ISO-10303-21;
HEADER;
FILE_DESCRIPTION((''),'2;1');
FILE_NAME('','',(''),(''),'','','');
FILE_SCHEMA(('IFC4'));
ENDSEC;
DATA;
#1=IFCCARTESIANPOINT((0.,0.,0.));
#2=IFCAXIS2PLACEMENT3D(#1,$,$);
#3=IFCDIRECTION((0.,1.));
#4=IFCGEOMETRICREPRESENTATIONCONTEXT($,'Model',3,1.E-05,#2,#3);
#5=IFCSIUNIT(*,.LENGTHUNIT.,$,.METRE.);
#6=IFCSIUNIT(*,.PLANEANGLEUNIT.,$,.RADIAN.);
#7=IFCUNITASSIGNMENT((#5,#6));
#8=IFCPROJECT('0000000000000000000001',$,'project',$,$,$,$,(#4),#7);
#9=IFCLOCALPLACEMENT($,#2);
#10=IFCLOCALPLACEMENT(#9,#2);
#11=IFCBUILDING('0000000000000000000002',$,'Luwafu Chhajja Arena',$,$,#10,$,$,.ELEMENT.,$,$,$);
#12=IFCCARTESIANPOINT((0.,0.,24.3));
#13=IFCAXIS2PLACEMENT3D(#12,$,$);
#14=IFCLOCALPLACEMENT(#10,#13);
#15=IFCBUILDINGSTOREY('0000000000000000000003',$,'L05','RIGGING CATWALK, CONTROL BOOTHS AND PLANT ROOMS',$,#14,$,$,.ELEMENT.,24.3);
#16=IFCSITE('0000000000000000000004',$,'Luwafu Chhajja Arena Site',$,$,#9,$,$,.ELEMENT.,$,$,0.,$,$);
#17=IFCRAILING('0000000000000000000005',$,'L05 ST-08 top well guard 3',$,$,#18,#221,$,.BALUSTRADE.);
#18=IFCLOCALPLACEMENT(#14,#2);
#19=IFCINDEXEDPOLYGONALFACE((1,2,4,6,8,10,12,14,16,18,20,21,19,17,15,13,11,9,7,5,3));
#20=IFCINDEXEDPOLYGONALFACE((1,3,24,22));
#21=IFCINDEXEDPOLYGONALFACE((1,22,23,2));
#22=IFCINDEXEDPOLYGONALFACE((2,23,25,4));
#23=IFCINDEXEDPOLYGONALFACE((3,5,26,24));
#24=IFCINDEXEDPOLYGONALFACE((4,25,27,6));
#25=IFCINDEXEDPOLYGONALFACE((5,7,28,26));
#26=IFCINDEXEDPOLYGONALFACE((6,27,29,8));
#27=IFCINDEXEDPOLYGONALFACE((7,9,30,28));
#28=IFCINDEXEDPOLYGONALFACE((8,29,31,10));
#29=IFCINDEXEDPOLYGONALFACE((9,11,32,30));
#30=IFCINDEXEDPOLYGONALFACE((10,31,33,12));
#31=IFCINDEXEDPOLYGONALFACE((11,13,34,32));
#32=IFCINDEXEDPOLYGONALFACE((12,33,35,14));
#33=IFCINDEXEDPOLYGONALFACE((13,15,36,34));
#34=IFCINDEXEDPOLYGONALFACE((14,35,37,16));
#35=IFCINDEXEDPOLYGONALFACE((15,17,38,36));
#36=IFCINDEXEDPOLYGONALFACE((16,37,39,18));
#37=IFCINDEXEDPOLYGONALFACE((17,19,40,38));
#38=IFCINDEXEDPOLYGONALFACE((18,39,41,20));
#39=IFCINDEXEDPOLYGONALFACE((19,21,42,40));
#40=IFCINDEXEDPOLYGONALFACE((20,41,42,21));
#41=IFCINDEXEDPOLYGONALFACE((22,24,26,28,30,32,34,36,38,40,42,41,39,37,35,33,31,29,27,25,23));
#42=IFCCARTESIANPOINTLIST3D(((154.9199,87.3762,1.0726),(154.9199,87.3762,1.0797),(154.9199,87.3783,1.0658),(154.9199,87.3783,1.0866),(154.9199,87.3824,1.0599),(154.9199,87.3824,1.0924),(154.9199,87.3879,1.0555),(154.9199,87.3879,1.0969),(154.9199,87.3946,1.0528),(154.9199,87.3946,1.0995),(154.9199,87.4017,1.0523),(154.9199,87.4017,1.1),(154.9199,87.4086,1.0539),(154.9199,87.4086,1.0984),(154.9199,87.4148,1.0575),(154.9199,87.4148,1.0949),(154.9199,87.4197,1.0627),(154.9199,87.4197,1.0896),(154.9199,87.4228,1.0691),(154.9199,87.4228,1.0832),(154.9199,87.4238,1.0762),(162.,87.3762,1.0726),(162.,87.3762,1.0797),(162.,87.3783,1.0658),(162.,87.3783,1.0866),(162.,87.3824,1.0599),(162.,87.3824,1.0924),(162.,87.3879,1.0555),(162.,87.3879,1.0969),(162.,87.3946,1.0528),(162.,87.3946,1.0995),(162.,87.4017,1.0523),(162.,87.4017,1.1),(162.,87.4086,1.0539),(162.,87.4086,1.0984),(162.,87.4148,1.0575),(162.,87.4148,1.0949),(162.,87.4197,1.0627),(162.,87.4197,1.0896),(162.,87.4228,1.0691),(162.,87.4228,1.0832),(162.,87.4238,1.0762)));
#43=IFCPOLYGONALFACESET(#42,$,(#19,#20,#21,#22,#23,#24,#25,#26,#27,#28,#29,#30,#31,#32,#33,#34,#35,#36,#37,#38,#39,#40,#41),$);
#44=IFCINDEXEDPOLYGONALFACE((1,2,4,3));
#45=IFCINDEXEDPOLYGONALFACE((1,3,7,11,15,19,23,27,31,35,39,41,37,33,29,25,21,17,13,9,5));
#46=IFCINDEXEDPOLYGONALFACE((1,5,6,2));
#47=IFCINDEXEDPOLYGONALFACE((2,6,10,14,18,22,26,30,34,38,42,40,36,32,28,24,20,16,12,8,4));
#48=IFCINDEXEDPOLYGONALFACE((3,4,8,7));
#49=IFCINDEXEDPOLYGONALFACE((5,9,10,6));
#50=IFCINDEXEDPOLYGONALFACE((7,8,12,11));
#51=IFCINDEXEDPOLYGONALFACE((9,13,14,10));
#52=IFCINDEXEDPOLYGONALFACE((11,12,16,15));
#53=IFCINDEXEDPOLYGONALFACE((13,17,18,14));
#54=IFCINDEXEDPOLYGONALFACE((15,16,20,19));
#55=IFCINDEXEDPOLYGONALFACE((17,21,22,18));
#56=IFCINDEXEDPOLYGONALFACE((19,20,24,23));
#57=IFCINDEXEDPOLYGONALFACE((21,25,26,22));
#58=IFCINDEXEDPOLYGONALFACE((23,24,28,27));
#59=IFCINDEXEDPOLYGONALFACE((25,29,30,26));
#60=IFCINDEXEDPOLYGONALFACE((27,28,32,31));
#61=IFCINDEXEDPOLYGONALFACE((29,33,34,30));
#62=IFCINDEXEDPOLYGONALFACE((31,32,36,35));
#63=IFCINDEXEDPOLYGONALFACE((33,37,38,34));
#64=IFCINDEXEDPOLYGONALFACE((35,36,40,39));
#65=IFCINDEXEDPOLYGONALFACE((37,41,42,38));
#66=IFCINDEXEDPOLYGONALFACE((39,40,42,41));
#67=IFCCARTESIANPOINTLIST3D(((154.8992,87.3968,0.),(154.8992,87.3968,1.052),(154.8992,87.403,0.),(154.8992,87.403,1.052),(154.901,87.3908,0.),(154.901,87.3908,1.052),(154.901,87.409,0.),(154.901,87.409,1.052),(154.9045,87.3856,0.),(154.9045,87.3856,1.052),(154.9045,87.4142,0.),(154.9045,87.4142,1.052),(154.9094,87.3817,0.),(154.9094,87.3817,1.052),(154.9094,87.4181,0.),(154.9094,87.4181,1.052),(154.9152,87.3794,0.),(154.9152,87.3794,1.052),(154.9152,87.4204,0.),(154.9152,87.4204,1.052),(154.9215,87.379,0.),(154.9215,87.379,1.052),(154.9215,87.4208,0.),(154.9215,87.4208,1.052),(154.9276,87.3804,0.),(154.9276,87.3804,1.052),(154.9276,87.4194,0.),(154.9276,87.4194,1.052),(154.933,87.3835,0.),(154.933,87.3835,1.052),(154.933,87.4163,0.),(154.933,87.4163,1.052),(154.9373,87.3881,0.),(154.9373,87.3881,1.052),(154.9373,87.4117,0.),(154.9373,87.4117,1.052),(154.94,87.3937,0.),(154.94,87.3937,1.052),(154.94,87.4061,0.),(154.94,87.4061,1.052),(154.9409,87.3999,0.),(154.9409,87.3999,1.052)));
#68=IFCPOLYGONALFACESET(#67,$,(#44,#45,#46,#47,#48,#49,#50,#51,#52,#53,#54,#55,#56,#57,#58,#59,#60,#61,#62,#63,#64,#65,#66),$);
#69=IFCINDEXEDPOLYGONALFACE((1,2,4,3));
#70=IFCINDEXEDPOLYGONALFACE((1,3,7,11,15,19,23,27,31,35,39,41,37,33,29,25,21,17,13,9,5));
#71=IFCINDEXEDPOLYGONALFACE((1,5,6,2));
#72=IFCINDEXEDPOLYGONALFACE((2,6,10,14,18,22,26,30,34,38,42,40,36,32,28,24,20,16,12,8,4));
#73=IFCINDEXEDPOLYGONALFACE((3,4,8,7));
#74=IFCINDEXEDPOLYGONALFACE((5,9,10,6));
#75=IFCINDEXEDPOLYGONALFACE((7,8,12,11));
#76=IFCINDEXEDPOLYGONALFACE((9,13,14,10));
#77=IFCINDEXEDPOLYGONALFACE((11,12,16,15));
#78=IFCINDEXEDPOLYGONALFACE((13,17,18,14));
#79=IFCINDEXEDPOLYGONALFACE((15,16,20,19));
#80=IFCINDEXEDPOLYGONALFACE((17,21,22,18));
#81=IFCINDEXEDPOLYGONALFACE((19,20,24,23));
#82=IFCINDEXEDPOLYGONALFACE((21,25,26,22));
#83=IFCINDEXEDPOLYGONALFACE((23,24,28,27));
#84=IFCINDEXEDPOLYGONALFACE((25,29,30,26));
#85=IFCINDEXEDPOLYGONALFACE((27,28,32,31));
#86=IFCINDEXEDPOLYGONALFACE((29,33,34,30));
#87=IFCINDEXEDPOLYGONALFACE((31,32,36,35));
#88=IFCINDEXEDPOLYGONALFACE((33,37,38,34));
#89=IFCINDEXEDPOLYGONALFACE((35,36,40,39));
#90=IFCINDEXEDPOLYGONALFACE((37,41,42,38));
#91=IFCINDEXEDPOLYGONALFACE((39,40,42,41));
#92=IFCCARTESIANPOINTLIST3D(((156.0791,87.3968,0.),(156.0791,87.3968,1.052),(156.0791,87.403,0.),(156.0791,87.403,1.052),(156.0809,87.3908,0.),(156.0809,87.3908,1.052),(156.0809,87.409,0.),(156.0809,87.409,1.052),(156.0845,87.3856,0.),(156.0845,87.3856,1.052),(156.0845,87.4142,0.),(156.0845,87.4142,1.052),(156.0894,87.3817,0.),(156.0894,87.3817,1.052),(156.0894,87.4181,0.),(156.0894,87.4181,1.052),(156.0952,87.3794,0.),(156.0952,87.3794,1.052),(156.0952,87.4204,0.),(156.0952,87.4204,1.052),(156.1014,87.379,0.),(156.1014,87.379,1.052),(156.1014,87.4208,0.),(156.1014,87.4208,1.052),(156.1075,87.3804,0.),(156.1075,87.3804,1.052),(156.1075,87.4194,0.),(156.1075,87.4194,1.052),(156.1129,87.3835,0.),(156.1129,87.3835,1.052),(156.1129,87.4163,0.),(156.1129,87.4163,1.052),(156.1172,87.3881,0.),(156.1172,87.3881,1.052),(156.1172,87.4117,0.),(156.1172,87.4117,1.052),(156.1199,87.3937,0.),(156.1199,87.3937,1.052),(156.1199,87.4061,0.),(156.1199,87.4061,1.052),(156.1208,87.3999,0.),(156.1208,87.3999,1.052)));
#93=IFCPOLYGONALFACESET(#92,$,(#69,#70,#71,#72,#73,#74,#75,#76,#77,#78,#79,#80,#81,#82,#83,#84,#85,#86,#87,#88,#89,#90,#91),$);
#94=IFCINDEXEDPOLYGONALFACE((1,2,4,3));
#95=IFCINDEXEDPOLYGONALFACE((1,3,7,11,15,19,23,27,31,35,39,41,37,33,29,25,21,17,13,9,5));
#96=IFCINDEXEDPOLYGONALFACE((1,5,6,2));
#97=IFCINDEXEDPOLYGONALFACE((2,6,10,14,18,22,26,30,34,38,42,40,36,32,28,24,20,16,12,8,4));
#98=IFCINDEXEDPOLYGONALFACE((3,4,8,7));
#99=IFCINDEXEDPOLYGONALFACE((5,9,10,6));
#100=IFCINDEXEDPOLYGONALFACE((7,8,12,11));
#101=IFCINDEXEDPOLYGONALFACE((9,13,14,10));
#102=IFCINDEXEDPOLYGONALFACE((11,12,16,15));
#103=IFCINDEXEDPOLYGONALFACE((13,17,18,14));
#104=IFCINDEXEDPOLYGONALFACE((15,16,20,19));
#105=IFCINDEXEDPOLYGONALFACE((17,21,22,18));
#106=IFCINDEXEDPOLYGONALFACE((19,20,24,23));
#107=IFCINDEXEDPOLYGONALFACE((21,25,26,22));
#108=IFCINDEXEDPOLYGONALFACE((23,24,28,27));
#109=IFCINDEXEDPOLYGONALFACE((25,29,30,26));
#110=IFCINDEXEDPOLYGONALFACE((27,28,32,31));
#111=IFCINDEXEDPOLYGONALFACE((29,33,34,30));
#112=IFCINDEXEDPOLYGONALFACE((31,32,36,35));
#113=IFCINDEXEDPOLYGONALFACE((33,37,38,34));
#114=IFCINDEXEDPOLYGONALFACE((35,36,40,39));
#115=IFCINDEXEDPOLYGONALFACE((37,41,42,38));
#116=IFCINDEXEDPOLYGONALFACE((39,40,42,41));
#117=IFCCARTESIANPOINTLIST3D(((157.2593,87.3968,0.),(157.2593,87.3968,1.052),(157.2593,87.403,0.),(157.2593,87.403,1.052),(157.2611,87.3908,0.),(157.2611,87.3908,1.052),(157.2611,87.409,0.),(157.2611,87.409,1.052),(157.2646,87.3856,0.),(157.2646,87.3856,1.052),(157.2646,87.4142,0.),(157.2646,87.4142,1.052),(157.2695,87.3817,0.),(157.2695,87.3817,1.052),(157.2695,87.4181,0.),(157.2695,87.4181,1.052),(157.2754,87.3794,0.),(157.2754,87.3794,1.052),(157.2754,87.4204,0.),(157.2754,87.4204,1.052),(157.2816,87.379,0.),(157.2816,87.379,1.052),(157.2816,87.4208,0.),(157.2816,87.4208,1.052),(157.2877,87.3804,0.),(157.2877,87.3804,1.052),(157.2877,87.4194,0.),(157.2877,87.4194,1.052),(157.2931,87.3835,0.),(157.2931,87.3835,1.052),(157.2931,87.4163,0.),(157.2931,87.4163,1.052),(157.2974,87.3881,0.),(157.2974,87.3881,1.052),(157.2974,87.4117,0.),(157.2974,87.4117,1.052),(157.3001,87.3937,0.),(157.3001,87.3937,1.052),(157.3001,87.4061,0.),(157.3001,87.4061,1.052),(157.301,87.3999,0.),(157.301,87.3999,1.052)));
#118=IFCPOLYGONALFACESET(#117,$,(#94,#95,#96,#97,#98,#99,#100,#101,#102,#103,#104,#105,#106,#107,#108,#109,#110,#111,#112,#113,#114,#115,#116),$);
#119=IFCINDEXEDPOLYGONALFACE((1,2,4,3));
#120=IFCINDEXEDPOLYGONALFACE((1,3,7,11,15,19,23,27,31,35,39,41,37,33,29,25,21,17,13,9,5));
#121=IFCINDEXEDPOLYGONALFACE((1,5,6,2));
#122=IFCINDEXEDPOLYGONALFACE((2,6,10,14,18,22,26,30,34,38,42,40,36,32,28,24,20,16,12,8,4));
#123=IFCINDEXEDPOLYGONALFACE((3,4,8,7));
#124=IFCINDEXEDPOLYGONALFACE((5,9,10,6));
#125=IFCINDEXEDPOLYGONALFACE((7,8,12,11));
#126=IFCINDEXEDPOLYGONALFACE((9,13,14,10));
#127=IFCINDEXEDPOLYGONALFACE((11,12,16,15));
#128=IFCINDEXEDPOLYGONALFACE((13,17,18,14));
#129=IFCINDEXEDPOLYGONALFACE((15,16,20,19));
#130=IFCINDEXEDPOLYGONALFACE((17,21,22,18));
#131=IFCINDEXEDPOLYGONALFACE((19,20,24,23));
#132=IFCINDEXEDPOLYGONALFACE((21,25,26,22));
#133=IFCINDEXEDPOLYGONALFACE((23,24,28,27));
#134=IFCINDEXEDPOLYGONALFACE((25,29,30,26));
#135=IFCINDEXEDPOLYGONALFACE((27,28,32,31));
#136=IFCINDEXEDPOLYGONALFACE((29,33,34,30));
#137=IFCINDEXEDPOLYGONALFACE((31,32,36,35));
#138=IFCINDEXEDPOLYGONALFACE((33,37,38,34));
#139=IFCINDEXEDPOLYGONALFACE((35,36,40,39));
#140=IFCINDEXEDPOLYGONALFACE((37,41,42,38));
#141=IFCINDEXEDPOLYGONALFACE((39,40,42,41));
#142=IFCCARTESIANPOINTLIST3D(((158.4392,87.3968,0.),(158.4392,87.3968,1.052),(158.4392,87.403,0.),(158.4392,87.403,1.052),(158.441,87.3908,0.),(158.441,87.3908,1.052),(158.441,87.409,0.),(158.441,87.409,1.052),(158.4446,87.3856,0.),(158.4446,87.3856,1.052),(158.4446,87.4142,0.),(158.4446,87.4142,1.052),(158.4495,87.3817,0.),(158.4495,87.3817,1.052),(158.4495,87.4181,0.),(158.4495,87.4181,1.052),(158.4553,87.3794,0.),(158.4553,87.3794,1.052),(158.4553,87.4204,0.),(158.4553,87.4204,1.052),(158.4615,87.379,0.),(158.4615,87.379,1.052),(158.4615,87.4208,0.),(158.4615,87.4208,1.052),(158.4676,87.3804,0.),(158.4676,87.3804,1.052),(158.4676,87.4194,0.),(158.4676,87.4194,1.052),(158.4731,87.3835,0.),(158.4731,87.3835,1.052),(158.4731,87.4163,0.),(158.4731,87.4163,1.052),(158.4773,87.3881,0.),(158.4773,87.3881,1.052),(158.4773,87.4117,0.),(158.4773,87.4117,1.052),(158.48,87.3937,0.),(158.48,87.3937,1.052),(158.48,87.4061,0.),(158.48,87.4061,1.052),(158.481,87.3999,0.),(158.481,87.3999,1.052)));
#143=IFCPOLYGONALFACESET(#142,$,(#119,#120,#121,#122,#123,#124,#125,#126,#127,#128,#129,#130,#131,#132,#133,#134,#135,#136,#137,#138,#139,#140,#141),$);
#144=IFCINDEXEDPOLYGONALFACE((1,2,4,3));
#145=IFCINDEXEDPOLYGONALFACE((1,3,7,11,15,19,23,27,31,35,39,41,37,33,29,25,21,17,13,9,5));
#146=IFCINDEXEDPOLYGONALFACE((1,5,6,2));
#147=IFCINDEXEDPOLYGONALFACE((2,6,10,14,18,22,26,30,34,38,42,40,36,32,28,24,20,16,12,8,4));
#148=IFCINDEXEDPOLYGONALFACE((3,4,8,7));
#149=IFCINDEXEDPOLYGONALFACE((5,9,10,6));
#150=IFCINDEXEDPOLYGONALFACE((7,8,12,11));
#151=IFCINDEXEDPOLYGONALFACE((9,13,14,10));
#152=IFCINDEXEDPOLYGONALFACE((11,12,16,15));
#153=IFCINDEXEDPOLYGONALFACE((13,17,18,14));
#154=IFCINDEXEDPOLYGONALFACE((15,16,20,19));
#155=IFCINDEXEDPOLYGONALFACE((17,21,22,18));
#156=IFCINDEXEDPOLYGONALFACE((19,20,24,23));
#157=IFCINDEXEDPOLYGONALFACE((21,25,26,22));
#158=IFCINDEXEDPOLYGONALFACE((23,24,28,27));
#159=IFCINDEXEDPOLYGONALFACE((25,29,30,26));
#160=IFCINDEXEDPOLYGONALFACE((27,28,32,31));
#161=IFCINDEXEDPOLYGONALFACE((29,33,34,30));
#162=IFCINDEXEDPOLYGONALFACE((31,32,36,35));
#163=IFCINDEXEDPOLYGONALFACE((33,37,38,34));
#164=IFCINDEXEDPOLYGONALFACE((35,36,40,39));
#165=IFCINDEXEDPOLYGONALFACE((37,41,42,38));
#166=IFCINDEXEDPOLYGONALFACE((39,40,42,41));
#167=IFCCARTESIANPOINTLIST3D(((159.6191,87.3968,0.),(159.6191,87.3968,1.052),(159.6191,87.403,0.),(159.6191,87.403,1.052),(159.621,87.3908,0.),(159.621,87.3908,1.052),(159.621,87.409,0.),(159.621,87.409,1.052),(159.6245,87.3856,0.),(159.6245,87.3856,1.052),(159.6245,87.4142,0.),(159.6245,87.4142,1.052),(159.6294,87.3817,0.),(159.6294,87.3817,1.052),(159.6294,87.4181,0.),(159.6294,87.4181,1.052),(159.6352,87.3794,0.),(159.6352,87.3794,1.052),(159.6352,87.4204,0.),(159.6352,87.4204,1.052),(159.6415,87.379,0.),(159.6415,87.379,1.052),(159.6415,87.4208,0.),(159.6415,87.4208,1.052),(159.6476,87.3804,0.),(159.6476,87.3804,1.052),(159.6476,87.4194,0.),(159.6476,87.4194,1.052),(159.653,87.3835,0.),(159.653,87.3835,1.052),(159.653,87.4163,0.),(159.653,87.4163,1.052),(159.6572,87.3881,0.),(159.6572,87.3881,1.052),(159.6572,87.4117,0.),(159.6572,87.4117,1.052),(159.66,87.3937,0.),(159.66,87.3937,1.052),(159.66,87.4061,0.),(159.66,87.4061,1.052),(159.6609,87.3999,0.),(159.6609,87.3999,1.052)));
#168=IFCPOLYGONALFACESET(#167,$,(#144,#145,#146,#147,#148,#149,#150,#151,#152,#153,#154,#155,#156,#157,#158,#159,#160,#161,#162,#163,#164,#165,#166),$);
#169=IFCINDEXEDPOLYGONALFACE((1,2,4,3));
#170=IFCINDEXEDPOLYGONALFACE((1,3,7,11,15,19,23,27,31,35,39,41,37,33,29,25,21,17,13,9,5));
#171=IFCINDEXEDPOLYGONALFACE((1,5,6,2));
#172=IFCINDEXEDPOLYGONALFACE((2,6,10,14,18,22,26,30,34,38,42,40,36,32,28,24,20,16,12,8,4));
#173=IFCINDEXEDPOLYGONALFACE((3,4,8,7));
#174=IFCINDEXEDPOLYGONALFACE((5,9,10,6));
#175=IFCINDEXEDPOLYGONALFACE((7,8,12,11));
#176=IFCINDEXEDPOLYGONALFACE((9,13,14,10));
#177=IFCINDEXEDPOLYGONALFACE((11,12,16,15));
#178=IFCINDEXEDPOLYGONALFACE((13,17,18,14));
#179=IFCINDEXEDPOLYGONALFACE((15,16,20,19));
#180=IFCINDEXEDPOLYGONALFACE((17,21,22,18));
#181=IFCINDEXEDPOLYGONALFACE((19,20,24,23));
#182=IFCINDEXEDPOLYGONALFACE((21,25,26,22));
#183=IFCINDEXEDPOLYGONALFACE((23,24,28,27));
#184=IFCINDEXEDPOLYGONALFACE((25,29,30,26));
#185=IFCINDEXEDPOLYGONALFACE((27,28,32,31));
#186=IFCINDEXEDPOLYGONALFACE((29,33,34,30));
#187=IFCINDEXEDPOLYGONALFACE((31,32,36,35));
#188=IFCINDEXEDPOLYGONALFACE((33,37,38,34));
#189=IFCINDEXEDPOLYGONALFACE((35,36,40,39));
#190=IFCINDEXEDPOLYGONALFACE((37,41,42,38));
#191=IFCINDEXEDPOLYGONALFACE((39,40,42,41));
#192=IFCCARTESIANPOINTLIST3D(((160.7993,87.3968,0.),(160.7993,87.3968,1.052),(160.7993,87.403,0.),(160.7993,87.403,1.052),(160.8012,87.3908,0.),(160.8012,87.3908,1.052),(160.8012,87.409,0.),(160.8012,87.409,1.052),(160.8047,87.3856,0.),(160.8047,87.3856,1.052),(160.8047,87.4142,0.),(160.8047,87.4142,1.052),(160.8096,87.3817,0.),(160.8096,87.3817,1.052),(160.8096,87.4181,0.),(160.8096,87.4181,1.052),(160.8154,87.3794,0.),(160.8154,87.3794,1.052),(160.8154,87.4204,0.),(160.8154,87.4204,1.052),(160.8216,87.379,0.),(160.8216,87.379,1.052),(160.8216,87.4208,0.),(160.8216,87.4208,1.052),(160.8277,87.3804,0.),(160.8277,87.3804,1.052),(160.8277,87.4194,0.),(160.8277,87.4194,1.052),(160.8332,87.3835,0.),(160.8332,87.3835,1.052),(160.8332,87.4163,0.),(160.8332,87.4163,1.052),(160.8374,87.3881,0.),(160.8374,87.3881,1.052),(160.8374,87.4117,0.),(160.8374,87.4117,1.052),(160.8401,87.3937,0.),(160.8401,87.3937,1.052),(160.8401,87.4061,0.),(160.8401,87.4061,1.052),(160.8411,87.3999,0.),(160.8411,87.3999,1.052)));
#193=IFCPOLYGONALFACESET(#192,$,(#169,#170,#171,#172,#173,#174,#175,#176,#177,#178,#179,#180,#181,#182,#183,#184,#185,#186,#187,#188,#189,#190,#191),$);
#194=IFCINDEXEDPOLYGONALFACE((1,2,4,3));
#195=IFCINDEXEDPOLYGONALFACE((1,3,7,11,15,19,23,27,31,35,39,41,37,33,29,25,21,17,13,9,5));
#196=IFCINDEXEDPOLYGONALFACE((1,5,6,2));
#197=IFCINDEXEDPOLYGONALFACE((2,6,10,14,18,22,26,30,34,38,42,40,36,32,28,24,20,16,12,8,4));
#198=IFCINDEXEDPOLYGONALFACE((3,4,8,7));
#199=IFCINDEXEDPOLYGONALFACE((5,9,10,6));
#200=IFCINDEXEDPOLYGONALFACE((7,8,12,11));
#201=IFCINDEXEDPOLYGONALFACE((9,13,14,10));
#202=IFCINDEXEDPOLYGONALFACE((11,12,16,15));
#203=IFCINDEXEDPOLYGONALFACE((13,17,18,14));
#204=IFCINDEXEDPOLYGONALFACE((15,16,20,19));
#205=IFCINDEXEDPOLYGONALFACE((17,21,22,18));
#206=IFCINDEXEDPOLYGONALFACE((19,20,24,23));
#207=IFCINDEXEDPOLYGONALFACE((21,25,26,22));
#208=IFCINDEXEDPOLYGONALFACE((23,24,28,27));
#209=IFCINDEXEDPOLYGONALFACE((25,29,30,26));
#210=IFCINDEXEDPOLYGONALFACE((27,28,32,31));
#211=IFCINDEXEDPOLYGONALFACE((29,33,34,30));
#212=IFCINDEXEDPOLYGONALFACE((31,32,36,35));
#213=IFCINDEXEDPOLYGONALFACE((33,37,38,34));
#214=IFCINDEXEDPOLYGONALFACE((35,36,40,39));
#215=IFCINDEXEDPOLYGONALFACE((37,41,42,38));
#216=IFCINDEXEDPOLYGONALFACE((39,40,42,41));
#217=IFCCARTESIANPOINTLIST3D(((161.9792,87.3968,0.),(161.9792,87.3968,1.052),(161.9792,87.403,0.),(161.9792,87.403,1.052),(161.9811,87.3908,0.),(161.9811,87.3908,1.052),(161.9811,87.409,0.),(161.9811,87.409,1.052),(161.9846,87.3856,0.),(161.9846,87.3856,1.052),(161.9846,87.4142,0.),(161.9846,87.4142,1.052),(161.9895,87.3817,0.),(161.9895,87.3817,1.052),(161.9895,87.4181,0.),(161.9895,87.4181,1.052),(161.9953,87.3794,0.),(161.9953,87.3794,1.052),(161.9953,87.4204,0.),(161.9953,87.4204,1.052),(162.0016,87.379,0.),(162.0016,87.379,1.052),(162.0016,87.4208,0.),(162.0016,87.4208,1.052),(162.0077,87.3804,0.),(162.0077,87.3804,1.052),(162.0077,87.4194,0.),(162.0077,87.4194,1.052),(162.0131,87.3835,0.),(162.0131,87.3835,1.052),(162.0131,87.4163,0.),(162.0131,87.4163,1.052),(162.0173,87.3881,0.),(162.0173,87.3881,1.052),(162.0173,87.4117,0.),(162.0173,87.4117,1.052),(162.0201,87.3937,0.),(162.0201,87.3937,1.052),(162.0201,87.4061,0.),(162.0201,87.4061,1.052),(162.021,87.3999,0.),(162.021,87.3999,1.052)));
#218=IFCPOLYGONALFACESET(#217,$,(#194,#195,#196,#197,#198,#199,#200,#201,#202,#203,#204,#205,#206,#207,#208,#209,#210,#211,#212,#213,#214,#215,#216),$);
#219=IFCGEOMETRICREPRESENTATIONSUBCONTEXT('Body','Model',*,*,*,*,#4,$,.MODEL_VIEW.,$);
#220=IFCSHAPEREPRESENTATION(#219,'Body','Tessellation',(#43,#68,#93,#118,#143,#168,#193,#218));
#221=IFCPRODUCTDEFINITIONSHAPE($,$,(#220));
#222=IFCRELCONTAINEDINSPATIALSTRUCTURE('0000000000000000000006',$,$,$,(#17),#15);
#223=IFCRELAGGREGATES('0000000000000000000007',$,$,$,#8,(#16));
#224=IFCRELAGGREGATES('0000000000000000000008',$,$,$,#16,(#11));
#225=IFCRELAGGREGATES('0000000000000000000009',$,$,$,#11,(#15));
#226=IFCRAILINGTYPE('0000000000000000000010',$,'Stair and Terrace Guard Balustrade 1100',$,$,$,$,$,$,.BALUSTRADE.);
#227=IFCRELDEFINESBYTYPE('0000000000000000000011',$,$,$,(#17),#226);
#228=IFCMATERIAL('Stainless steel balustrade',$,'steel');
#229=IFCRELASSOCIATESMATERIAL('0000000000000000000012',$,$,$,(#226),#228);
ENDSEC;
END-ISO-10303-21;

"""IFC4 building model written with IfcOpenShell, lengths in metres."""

from ifc_helpers import new_model, si_unit, direction, frame, origin, origin_2d, place, context, subcontext, project, spatial, circle, extrude, material, type_object, element, save


model = new_model("IFC4")

# Units and contexts
model_context = context("Model", 3, precision=1e-05, world=origin(), true_north=direction((0.0, 1.0)))
body_context = subcontext(model_context, "Body", "Model", "MODEL_VIEW")
ifc_project = project(units=[si_unit("LENGTHUNIT", "METRE"), si_unit("PLANEANGLEUNIT", "RADIAN")], contexts=[model_context])

# Site, building, storey
site_placement = place(None, origin())
site = spatial("IfcSite", under=ifc_project, at=site_placement, Name="Luwafu Chhajja Arena Site", CompositionType="ELEMENT", RefElevation=0.0)
building_placement = place(site_placement, origin())
building = spatial("IfcBuilding", under=site, at=building_placement, Name="Luwafu Chhajja Arena", CompositionType="ELEMENT")
storey_placement = place(building_placement, frame((0.0, 0.0, 24.3)))
storey = spatial("IfcBuildingStorey", under=building, at=storey_placement, Name="L05", Description="RIGGING CATWALK, CONTROL BOOTHS AND PLANT ROOMS", CompositionType="ELEMENT", Elevation=24.3)

# Railing
ifc_material_1 = material(Name="Stainless steel balustrade", Category="steel")
railing_type = type_object("IfcRailingType", Name="Stair and Terrace Guard Balustrade 1100", PredefinedType="BALUSTRADE", material=ifc_material_1)
for number, where, name in (
    (1, (154.9199, 87.3999, 0.0), "L05 ST-08 top well guard 3"),
):
    element("IfcRailing", number, at=place(storey_placement, frame(where)), inside=storey, type_object=railing_type, Name=name, PredefinedType="BALUSTRADE", context=body_context, shape_type="SweptSolid", body=[
        extrude(circle(Radius=0.0239, at=origin_2d()), frame((0.0, 0.0, 1.0762), z_axis=(1.0, 0.0, 0.0), x_axis=(0.0, 1.0, 0.0)), (0.0, 0.0, 1.0), 7.0801),
        extrude(circle(Radius=0.021, at=origin_2d()), origin(), (0.0, 0.0, 1.0), 1.052),
        extrude(circle(Radius=0.021, at=origin_2d()), frame((1.1799, 0.0, 0.0)), (0.0, 0.0, 1.0), 1.052),
        extrude(circle(Radius=0.021, at=origin_2d()), frame((2.3601, 0.0, 0.0)), (0.0, 0.0, 1.0), 1.052),
        extrude(circle(Radius=0.021, at=origin_2d()), frame((3.54, 0.0, 0.0)), (0.0, 0.0, 1.0), 1.052),
        extrude(circle(Radius=0.021, at=origin_2d()), frame((4.72, 0.0, 0.0)), (0.0, 0.0, 1.0), 1.052),
        extrude(circle(Radius=0.021, at=origin_2d()), frame((5.9001, 0.0, 0.0)), (0.0, 0.0, 1.0), 1.052),
        extrude(circle(Radius=0.021, at=origin_2d()), frame((7.0801, 0.0, 0.0)), (0.0, 0.0, 1.0), 1.052),
    ])

save(model, "model.ifc")
